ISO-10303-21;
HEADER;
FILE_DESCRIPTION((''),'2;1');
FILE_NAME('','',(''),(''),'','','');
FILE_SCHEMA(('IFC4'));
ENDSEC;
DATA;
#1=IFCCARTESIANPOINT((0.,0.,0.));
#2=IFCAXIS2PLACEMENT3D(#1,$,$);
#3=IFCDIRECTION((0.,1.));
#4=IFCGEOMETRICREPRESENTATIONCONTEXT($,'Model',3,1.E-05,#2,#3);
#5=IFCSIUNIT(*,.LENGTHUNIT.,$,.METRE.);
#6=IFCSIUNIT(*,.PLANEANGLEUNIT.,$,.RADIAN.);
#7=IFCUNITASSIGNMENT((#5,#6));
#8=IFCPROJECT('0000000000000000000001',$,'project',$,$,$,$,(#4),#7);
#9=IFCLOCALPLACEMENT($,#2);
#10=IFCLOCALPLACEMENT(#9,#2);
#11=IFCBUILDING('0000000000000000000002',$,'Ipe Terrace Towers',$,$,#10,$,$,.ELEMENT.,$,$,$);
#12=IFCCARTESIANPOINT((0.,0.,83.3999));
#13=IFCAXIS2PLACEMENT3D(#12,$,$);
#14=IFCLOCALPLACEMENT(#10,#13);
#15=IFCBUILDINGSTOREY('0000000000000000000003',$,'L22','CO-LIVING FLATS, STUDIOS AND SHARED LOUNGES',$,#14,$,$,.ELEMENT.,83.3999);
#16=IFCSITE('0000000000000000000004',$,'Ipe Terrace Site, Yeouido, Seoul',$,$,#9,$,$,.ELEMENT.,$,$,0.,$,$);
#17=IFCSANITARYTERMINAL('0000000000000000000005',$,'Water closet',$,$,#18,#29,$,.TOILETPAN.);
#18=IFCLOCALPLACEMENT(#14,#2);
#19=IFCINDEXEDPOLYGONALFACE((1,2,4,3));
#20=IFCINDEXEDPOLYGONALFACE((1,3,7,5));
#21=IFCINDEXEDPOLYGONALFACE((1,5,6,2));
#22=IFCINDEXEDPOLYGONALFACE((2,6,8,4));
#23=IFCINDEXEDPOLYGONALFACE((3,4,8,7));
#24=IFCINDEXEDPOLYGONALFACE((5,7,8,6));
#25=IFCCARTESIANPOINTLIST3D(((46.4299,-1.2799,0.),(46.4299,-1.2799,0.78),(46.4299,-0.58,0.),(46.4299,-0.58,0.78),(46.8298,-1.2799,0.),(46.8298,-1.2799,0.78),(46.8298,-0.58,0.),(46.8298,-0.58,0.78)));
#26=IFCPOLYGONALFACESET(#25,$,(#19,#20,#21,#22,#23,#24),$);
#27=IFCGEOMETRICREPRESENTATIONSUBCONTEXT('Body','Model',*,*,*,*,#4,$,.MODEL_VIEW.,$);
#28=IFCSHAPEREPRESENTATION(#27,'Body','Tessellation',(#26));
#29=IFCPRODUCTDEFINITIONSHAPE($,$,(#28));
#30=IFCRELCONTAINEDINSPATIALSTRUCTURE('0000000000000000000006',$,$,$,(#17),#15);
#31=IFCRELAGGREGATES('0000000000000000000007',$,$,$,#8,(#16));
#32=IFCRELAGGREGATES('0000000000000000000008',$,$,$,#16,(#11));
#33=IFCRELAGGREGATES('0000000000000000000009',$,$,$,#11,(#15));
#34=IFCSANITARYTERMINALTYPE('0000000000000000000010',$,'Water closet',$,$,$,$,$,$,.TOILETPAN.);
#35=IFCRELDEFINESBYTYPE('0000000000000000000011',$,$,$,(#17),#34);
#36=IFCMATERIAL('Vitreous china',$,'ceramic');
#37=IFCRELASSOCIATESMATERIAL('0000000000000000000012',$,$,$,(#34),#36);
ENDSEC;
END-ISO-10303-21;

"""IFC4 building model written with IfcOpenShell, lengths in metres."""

from ifc_helpers import new_model, si_unit, direction, frame, origin, origin_2d, place, context, subcontext, project, spatial, rectangle, extrude, material, type_object, element, save


model = new_model("IFC4")

# Units and contexts
model_context = context("Model", 3, precision=1e-05, world=origin(), true_north=direction((0.0, 1.0)))
body_context = subcontext(model_context, "Body", "Model", "MODEL_VIEW")
ifc_project = project(units=[si_unit("LENGTHUNIT", "METRE"), si_unit("PLANEANGLEUNIT", "RADIAN")], contexts=[model_context])

# Site, building, storey
site_placement = place(None, origin())
site = spatial("IfcSite", under=ifc_project, at=site_placement, Name="Ipe Terrace Site, Yeouido, Seoul", CompositionType="ELEMENT", RefElevation=0.0)
building_placement = place(site_placement, origin())
building = spatial("IfcBuilding", under=site, at=building_placement, Name="Ipe Terrace Towers", CompositionType="ELEMENT")
storey_placement = place(building_placement, frame((0.0, 0.0, 83.3999)))
storey = spatial("IfcBuildingStorey", under=building, at=storey_placement, Name="L22", Description="CO-LIVING FLATS, STUDIOS AND SHARED LOUNGES", CompositionType="ELEMENT", Elevation=83.3999)

# Sanitary terminal
ifc_material_1 = material(Name="Vitreous china", Category="ceramic")
sanitary_terminal_type_1 = type_object("IfcSanitaryTerminalType", Name="Water closet", PredefinedType="TOILETPAN", material=ifc_material_1)
sanitary_terminal_1_placement = place(storey_placement, frame((46.6299, -0.9299, 0.0), z_axis=(0.0, 0.0, 1.0), x_axis=(0.0, 1.0, 0.0)))
element("IfcSanitaryTerminal", 1, at=sanitary_terminal_1_placement, inside=storey, type_object=sanitary_terminal_type_1, Name="Water closet", PredefinedType="TOILETPAN", context=body_context, shape_type="SweptSolid", body=[
    extrude(rectangle(XDim=0.7, YDim=0.3999, at=origin_2d()), origin(), (0.0, 0.0, 1.0), 0.78),
])

save(model, "model.ifc")
